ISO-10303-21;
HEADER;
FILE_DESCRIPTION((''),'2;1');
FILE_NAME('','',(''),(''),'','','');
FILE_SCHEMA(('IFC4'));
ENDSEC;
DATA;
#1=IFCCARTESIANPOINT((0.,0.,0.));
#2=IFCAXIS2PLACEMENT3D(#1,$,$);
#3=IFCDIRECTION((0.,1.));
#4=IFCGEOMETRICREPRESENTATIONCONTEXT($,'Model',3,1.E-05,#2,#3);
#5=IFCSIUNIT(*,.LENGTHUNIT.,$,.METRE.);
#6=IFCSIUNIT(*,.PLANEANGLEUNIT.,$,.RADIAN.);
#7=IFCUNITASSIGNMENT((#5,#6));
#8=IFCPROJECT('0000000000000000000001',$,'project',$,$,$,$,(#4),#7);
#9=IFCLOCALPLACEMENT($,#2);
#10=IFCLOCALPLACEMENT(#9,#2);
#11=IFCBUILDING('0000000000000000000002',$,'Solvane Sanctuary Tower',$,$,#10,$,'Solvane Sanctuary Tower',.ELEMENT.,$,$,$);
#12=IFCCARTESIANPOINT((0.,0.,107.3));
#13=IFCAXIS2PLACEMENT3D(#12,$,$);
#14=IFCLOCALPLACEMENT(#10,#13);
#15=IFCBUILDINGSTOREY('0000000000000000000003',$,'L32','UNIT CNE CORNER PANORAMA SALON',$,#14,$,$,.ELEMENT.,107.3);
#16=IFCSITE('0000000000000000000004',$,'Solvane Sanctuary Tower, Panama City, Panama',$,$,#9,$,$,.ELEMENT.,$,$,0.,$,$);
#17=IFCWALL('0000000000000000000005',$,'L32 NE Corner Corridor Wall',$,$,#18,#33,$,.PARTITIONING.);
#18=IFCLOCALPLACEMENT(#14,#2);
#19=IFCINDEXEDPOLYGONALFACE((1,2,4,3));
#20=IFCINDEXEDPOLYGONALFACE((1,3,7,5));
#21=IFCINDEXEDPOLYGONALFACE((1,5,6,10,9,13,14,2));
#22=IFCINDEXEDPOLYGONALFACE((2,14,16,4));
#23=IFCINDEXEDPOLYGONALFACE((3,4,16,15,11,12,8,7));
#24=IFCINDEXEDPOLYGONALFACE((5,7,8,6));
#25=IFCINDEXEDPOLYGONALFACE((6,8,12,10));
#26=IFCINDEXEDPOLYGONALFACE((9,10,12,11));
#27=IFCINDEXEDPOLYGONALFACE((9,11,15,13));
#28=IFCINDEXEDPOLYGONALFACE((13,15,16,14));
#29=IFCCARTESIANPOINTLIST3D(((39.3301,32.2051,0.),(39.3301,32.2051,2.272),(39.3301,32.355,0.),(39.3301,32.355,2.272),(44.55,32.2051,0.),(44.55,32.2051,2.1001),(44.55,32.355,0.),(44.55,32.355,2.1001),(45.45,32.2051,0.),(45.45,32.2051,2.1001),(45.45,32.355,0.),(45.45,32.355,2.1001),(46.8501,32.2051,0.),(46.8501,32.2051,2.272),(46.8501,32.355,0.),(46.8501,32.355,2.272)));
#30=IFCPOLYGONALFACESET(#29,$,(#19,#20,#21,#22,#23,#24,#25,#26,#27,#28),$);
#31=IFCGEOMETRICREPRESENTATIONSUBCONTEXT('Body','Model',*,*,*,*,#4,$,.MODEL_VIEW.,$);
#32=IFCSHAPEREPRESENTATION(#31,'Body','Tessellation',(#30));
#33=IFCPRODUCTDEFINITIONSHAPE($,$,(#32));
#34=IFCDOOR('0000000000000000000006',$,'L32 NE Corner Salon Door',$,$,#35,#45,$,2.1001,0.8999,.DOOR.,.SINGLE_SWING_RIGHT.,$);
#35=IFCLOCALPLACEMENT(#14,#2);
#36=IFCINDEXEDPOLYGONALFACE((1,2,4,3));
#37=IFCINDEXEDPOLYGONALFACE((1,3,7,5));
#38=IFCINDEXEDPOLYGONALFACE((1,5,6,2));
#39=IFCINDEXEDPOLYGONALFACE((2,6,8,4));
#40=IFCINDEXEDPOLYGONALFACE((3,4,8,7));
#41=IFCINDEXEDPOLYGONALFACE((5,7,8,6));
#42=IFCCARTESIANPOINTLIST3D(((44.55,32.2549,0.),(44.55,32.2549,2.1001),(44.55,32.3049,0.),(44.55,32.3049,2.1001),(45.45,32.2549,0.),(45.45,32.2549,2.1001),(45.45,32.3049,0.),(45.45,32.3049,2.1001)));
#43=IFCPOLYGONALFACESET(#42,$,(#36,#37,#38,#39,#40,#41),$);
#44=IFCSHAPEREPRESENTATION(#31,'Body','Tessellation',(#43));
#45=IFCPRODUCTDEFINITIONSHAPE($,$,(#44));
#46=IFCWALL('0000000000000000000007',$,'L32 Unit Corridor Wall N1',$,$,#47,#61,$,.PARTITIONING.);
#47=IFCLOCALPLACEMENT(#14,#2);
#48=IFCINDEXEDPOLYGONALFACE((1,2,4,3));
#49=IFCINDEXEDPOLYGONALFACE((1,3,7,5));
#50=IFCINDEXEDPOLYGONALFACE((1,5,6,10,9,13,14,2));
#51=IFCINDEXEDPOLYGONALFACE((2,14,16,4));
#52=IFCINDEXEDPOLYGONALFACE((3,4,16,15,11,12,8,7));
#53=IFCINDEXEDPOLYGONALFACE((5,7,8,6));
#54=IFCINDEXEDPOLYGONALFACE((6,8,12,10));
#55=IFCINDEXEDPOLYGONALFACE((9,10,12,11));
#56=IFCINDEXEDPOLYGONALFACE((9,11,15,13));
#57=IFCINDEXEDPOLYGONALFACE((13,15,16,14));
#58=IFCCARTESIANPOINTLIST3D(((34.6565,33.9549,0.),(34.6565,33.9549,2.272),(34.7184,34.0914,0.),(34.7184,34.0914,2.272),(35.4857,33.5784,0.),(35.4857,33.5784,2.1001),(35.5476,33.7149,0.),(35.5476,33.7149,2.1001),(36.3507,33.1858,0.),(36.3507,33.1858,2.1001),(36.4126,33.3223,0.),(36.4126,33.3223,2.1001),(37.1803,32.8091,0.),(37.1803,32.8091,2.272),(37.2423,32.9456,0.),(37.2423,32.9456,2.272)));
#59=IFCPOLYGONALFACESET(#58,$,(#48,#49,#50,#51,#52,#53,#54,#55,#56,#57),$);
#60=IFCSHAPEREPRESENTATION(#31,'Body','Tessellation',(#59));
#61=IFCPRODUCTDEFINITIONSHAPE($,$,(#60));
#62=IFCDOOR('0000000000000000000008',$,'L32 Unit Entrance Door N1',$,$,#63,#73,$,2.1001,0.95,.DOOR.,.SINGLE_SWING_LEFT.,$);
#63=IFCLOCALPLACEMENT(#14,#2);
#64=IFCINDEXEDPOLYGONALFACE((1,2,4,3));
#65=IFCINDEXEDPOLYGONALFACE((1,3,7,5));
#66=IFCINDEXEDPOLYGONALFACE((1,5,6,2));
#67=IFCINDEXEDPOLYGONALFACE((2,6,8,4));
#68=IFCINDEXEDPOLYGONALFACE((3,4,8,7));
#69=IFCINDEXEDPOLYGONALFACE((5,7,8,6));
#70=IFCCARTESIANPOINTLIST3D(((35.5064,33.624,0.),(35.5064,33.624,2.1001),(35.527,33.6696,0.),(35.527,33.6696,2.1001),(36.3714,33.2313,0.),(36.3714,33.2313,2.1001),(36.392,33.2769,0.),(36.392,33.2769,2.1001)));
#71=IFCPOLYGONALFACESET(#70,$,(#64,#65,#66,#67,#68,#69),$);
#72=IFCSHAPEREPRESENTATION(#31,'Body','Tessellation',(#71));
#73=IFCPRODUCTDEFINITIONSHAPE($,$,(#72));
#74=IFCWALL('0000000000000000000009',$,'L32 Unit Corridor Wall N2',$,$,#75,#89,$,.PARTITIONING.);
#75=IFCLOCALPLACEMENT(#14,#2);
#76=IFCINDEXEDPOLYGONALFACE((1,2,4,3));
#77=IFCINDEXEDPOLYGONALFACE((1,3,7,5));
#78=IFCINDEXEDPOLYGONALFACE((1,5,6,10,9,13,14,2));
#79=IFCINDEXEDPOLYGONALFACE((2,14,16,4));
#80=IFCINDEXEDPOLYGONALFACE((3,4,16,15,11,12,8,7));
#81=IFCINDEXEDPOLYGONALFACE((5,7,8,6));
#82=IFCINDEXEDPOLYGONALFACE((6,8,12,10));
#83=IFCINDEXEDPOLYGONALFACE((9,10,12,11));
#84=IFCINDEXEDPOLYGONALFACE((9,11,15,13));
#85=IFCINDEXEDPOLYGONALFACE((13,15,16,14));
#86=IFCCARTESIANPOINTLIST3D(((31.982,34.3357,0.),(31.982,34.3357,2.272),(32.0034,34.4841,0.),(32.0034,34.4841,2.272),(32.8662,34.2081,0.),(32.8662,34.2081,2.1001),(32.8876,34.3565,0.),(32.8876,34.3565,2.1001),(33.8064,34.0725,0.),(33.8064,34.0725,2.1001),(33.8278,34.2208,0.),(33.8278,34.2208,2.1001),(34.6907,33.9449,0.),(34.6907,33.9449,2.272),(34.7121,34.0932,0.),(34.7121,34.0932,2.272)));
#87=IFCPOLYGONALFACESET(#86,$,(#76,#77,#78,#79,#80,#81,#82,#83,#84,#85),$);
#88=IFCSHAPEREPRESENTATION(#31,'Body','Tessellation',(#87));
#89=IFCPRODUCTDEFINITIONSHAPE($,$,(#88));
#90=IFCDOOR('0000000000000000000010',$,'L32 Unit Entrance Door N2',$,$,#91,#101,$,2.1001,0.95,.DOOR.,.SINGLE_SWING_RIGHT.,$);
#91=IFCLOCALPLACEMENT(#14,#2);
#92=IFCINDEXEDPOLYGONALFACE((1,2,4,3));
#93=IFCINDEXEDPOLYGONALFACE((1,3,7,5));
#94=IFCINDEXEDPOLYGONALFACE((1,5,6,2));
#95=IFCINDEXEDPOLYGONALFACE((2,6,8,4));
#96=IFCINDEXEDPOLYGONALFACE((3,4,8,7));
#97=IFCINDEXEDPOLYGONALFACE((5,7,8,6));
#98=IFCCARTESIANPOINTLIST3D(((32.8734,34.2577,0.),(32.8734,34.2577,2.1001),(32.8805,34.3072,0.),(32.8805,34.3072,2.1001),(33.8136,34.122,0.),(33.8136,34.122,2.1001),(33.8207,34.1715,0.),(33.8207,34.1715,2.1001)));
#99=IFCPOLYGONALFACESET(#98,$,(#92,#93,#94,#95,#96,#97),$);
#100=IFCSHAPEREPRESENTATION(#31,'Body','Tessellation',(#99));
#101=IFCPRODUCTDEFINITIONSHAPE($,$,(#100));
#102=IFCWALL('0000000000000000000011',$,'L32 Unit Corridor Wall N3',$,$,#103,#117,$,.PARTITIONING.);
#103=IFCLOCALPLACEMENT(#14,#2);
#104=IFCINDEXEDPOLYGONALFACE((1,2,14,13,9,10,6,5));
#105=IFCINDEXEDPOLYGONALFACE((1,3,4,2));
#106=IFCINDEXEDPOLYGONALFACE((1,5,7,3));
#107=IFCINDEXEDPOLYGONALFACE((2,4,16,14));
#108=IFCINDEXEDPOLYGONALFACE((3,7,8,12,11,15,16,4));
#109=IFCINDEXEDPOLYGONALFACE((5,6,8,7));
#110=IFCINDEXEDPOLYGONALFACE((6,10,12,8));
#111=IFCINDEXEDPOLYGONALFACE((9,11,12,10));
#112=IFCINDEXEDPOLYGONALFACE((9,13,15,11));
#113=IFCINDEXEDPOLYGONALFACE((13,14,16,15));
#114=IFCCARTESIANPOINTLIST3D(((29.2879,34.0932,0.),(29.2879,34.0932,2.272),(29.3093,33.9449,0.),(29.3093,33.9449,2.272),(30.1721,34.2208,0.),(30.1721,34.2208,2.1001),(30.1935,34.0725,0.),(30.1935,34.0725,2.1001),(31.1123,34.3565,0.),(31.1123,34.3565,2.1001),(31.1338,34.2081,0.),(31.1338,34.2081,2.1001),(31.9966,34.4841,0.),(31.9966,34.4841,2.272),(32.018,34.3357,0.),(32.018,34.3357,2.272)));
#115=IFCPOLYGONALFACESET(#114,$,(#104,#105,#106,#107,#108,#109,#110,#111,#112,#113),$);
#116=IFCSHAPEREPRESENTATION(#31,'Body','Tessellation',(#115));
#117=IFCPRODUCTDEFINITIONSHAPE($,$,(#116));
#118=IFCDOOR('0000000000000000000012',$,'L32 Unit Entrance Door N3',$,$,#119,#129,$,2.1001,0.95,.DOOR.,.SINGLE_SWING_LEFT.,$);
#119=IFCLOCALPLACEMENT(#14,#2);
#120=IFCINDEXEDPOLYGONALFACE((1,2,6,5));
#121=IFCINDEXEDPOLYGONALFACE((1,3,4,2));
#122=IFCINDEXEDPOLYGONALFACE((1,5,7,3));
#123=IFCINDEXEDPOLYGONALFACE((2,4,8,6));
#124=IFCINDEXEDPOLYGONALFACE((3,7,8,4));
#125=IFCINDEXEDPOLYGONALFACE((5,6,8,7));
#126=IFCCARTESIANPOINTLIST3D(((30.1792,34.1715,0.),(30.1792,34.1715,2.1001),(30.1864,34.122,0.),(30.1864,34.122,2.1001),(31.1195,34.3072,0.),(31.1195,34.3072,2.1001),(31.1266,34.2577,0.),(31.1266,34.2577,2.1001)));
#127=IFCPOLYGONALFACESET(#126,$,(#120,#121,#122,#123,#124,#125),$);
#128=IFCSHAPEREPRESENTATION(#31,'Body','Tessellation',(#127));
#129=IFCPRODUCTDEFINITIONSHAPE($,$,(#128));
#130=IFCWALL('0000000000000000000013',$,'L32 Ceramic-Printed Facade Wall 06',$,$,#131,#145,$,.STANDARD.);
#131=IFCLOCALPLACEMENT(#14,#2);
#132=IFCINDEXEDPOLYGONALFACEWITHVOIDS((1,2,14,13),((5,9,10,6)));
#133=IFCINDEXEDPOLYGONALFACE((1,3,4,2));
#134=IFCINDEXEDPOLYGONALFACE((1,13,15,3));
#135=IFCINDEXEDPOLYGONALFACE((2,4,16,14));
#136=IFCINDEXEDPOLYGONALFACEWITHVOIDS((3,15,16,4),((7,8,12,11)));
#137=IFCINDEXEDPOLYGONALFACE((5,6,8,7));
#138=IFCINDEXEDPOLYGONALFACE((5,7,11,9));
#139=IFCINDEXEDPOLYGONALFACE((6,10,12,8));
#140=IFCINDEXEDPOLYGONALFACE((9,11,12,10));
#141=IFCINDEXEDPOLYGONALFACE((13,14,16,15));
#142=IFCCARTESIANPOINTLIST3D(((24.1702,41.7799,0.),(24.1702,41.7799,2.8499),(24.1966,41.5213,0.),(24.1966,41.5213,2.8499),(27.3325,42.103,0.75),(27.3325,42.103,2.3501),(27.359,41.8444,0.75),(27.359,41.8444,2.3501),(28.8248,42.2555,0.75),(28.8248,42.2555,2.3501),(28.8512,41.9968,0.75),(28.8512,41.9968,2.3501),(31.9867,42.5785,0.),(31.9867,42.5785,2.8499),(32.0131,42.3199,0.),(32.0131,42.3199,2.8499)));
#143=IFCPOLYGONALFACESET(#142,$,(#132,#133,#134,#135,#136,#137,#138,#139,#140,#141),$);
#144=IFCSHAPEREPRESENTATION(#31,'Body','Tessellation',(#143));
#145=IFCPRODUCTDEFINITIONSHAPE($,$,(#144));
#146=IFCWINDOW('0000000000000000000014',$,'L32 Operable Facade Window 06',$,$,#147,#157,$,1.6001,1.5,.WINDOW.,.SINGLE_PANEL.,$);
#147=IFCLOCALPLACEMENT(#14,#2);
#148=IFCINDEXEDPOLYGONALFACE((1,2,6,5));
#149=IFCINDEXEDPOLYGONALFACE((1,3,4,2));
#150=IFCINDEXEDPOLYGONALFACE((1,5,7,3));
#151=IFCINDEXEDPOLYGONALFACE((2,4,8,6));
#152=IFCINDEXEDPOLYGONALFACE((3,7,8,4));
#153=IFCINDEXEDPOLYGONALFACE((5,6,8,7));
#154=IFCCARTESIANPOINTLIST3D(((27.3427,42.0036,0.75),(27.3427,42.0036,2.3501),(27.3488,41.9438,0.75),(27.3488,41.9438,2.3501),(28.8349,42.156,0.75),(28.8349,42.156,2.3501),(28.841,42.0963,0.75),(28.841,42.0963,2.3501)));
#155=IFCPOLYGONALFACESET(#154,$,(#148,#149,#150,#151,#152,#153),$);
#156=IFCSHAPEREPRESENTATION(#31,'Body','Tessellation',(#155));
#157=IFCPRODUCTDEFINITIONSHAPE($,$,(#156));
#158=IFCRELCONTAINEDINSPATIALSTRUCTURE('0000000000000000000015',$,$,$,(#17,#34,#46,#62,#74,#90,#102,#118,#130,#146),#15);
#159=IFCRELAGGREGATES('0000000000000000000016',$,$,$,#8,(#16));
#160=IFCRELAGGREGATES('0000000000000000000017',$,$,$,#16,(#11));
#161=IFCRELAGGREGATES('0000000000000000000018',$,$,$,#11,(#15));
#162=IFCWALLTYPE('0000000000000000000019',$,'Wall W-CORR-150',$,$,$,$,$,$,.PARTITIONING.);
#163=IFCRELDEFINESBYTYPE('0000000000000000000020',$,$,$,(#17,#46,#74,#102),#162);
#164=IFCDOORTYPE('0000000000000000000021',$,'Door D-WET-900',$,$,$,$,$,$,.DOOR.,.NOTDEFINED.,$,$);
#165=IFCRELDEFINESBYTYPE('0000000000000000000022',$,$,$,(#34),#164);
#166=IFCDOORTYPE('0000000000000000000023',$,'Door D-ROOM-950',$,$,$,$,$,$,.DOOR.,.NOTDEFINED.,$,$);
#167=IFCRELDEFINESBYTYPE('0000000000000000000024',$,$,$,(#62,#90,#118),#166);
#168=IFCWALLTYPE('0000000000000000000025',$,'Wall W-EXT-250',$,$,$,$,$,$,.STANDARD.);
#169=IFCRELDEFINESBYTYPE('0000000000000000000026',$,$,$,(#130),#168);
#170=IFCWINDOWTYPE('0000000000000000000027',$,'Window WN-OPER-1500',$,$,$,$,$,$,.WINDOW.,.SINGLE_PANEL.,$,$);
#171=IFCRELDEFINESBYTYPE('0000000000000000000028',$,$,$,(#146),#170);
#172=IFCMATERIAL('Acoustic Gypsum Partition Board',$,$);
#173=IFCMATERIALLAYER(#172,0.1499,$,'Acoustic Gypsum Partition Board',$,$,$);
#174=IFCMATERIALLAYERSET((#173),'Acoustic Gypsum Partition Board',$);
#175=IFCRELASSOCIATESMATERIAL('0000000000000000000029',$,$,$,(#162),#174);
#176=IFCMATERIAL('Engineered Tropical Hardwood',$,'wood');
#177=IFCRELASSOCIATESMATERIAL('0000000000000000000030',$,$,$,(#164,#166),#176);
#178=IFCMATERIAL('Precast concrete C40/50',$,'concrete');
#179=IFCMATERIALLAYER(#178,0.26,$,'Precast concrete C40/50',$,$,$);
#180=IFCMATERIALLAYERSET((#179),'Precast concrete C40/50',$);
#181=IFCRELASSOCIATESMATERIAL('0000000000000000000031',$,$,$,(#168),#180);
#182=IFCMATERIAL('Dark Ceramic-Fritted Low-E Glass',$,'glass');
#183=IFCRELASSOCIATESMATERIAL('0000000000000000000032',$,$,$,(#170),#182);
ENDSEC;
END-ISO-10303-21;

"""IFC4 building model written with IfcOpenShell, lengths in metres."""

from ifc_helpers import new_model, si_unit, direction, frame, frame_2d, origin, place, context, subcontext, project, spatial, rectangle, extrude, material, layer, layer_set, type_object, element, fill, save


model = new_model("IFC4")

# Units and contexts
model_context = context("Model", 3, precision=1e-05, world=origin(), true_north=direction((0.0, 1.0)))
body_context = subcontext(model_context, "Body", "Model", "MODEL_VIEW")
ifc_project = project(units=[si_unit("LENGTHUNIT", "METRE"), si_unit("PLANEANGLEUNIT", "RADIAN")], contexts=[model_context])

# Site, building, storey
site_placement = place(None, origin())
site = spatial("IfcSite", under=ifc_project, at=site_placement, Name="Solvane Sanctuary Tower, Panama City, Panama", CompositionType="ELEMENT", RefElevation=0.0)
building_placement = place(site_placement, origin())
building = spatial("IfcBuilding", under=site, at=building_placement, Name="Solvane Sanctuary Tower", LongName="Solvane Sanctuary Tower", CompositionType="ELEMENT")
storey_placement = place(building_placement, frame((0.0, 0.0, 107.3)))
storey = spatial("IfcBuildingStorey", under=building, at=storey_placement, Name="L32", Description="UNIT CNE CORNER PANORAMA SALON", CompositionType="ELEMENT", Elevation=107.3)

# Shared definitions
ifc_material_1 = material(Name="Acoustic Gypsum Partition Board")
ifc_layer_1 = layer(ifc_material_1, 0.1499, Name="Acoustic Gypsum Partition Board")
ifc_layer_set_1 = layer_set([ifc_layer_1], Name="Acoustic Gypsum Partition Board")
wall_type_1 = type_object("IfcWallType", Name="Wall W-CORR-150", PredefinedType="PARTITIONING", material=ifc_layer_set_1)

# Walls, openings, doors
wall_1_placement = place(storey_placement, frame((39.3301, 32.28, 0.0), z_axis=(0.0, 0.0, 1.0), x_axis=(1.0, 0.0, 0.0)))
wall_1 = element("IfcWall", 1, at=wall_1_placement, inside=storey, type_object=wall_type_1, Name="L32 NE Corner Corridor Wall", PredefinedType="PARTITIONING", context=body_context, shape_type="SweptSolid", body=[
    extrude(rectangle(XDim=7.52, YDim=0.1499, at=frame_2d((3.76, 0.0))), origin(), (0.0, 0.0, 1.0), 2.272),
])
opening_1_placement = place(wall_1_placement, frame((5.22, 0.0, 0.0)))
opening_1 = element("IfcOpeningElement", 2, at=opening_1_placement, cuts=wall_1, PredefinedType="OPENING", context=body_context, shape_type="SweptSolid", body=[
    extrude(rectangle(XDim=0.8999, YDim=2.1001, at=frame_2d((0.45, 1.05))), frame((0.0, 0.085, 0.0), z_axis=(0.0, -1.0, 0.0), x_axis=(1.0, 0.0, 0.0)), (0.0, 0.0, 1.0), 0.1699),
])
ifc_material_2 = material(Name="Engineered Tropical Hardwood", Category="wood")
door_type_1 = type_object("IfcDoorType", Name="Door D-WET-900", OperationType="NOTDEFINED", PredefinedType="DOOR", material=ifc_material_2)
door_1_placement = place(opening_1_placement, origin())
door_1 = element("IfcDoor", 3, at=door_1_placement, inside=storey, type_object=door_type_1, Name="L32 NE Corner Salon Door", OperationType="SINGLE_SWING_RIGHT", OverallHeight=2.1001, OverallWidth=0.8999, PredefinedType="DOOR", context=body_context, shape_type="SweptSolid", body=[
    extrude(rectangle(XDim=0.8999, YDim=2.1001, at=frame_2d((0.45, 1.05))), frame((0.0, 0.0249, 0.0), z_axis=(0.0, -1.0, 0.0), x_axis=(1.0, 0.0, 0.0)), (0.0, 0.0, 1.0), 0.05),
])
fill(opening_1, door_1)
wall_2_placement = place(storey_placement, frame((37.2112, 32.8774, 0.0), z_axis=(0.0, 0.0, 1.0), x_axis=(-0.910568, 0.413358, 0.0)))
wall_2 = element("IfcWall", 4, at=wall_2_placement, inside=storey, type_object=wall_type_1, Name="L32 Unit Corridor Wall N1", PredefinedType="PARTITIONING", context=body_context, shape_type="SweptSolid", body=[
    extrude(rectangle(XDim=2.7717, YDim=0.1499, at=frame_2d((1.3857, 0.0))), origin(), (0.0, 0.0, 1.0), 2.272),
])
opening_2_placement = place(wall_2_placement, frame((0.9109, 0.0, 0.0)))
opening_2 = element("IfcOpeningElement", 5, at=opening_2_placement, cuts=wall_2, PredefinedType="OPENING", context=body_context, shape_type="SweptSolid", body=[
    extrude(rectangle(XDim=0.95, YDim=2.1001, at=frame_2d((0.4751, 1.05))), frame((0.0, 0.085, 0.0), z_axis=(0.0, -1.0, 0.0), x_axis=(1.0, 0.0, 0.0)), (0.0, 0.0, 1.0), 0.1699),
])
door_type_2 = type_object("IfcDoorType", Name="Door D-ROOM-950", OperationType="NOTDEFINED", PredefinedType="DOOR", material=ifc_material_2)
door_2_placement = place(opening_2_placement, origin())
door_2 = element("IfcDoor", 6, at=door_2_placement, inside=storey, type_object=door_type_2, Name="L32 Unit Entrance Door N1", OperationType="SINGLE_SWING_LEFT", OverallHeight=2.1001, OverallWidth=0.95, PredefinedType="DOOR", context=body_context, shape_type="SweptSolid", body=[
    extrude(rectangle(XDim=0.95, YDim=2.1001, at=frame_2d((0.4751, 1.05))), frame((0.0, 0.0249, 0.0), z_axis=(0.0, -1.0, 0.0), x_axis=(1.0, 0.0, 0.0)), (0.0, 0.0, 1.0), 0.05),
])
fill(opening_2, door_2)
wall_3_placement = place(storey_placement, frame((34.7014, 34.019, 0.0), z_axis=(0.0, 0.0, 1.0), x_axis=(-0.989749, 0.14282, 0.0)))
wall_3 = element("IfcWall", 7, at=wall_3_placement, inside=storey, type_object=wall_type_1, Name="L32 Unit Corridor Wall N2", PredefinedType="PARTITIONING", context=body_context, shape_type="SweptSolid", body=[
    extrude(rectangle(XDim=2.7368, YDim=0.1499, at=frame_2d((1.3684, 0.0))), origin(), (0.0, 0.0, 1.0), 2.272),
])
opening_3_placement = place(wall_3_placement, frame((0.8933, 0.0, 0.0)))
opening_3 = element("IfcOpeningElement", 8, at=opening_3_placement, cuts=wall_3, PredefinedType="OPENING", context=body_context, shape_type="SweptSolid", body=[
    extrude(rectangle(XDim=0.95, YDim=2.1001, at=frame_2d((0.4751, 1.05))), frame((0.0, 0.085, 0.0), z_axis=(0.0, -1.0, 0.0), x_axis=(1.0, 0.0, 0.0)), (0.0, 0.0, 1.0), 0.1699),
])
door_3_placement = place(opening_3_placement, origin())
door_3 = element("IfcDoor", 9, at=door_3_placement, inside=storey, type_object=door_type_2, Name="L32 Unit Entrance Door N2", OperationType="SINGLE_SWING_RIGHT", OverallHeight=2.1001, OverallWidth=0.95, PredefinedType="DOOR", context=body_context, shape_type="SweptSolid", body=[
    extrude(rectangle(XDim=0.95, YDim=2.1001, at=frame_2d((0.4751, 1.05))), frame((0.0, 0.0249, 0.0), z_axis=(0.0, -1.0, 0.0), x_axis=(1.0, 0.0, 0.0)), (0.0, 0.0, 1.0), 0.05),
])
fill(opening_3, door_3)
wall_4_placement = place(storey_placement, frame((32.0073, 34.4099, 0.0), z_axis=(0.0, 0.0, 1.0), x_axis=(-0.989749, -0.14282, 0.0)))
wall_4 = element("IfcWall", 10, at=wall_4_placement, inside=storey, type_object=wall_type_1, Name="L32 Unit Corridor Wall N3", PredefinedType="PARTITIONING", context=body_context, shape_type="SweptSolid", body=[
    extrude(rectangle(XDim=2.7368, YDim=0.1499, at=frame_2d((1.3684, 0.0))), origin(), (0.0, 0.0, 1.0), 2.272),
])
opening_4_placement = place(wall_4_placement, frame((0.8933, 0.0, 0.0)))
opening_4 = element("IfcOpeningElement", 11, at=opening_4_placement, cuts=wall_4, PredefinedType="OPENING", context=body_context, shape_type="SweptSolid", body=[
    extrude(rectangle(XDim=0.95, YDim=2.1001, at=frame_2d((0.4751, 1.05))), frame((0.0, 0.085, 0.0), z_axis=(0.0, -1.0, 0.0), x_axis=(1.0, 0.0, 0.0)), (0.0, 0.0, 1.0), 0.1699),
])
door_4_placement = place(opening_4_placement, origin())
door_4 = element("IfcDoor", 12, at=door_4_placement, inside=storey, type_object=door_type_2, Name="L32 Unit Entrance Door N3", OperationType="SINGLE_SWING_LEFT", OverallHeight=2.1001, OverallWidth=0.95, PredefinedType="DOOR", context=body_context, shape_type="SweptSolid", body=[
    extrude(rectangle(XDim=0.95, YDim=2.1001, at=frame_2d((0.4751, 1.05))), frame((0.0, 0.0249, 0.0), z_axis=(0.0, -1.0, 0.0), x_axis=(1.0, 0.0, 0.0)), (0.0, 0.0, 1.0), 0.05),
])
fill(opening_4, door_4)

# Wall, opening, window
ifc_material_3 = material(Name="Precast concrete C40/50", Category="concrete")
ifc_layer_2 = layer(ifc_material_3, 0.26, Name="Precast concrete C40/50")
ifc_layer_set_2 = layer_set([ifc_layer_2], Name="Precast concrete C40/50")
wall_type_2 = type_object("IfcWallType", Name="Wall W-EXT-250", PredefinedType="STANDARD", material=ifc_layer_set_2)
wall_5_placement = place(storey_placement, frame((32.0, 42.4492, 0.0), z_axis=(0.0, 0.0, 1.0), x_axis=(-0.994821, -0.101639, 0.0)))
wall_5 = element("IfcWall", 13, at=wall_5_placement, inside=storey, type_object=wall_type_2, Name="L32 Ceramic-Printed Facade Wall 06", PredefinedType="STANDARD", context=body_context, shape_type="SweptSolid", body=[
    extrude(rectangle(XDim=7.8572, YDim=0.26, at=frame_2d((3.9287, 0.0))), origin(), (0.0, 0.0, 1.0), 2.8499),
])
opening_5_placement = place(wall_5_placement, frame((3.1785, 0.0, 0.75)))
opening_5 = element("IfcOpeningElement", 14, at=opening_5_placement, cuts=wall_5, PredefinedType="OPENING", context=body_context, shape_type="SweptSolid", body=[
    extrude(rectangle(XDim=1.5, YDim=1.6001, at=frame_2d((0.75, 0.8))), frame((0.0, 0.1399, 0.0), z_axis=(0.0, -1.0, 0.0), x_axis=(1.0, 0.0, 0.0)), (0.0, 0.0, 1.0), 0.28),
])
ifc_material_4 = material(Name="Dark Ceramic-Fritted Low-E Glass", Category="glass")
window_type = type_object("IfcWindowType", Name="Window WN-OPER-1500", PartitioningType="SINGLE_PANEL", PredefinedType="WINDOW", material=ifc_material_4)
window_placement = place(opening_5_placement, origin())
window = element("IfcWindow", 15, at=window_placement, inside=storey, type_object=window_type, Name="L32 Operable Facade Window 06", OverallHeight=1.6001, OverallWidth=1.5, PartitioningType="SINGLE_PANEL", PredefinedType="WINDOW", context=body_context, shape_type="SweptSolid", body=[
    extrude(rectangle(XDim=1.5, YDim=1.6001, at=frame_2d((0.75, 0.8))), frame((0.0, 0.03, 0.0), z_axis=(0.0, -1.0, 0.0), x_axis=(1.0, 0.0, 0.0)), (0.0, 0.0, 1.0), 0.0601),
])
fill(opening_5, window)

save(model, "model.ifc")
